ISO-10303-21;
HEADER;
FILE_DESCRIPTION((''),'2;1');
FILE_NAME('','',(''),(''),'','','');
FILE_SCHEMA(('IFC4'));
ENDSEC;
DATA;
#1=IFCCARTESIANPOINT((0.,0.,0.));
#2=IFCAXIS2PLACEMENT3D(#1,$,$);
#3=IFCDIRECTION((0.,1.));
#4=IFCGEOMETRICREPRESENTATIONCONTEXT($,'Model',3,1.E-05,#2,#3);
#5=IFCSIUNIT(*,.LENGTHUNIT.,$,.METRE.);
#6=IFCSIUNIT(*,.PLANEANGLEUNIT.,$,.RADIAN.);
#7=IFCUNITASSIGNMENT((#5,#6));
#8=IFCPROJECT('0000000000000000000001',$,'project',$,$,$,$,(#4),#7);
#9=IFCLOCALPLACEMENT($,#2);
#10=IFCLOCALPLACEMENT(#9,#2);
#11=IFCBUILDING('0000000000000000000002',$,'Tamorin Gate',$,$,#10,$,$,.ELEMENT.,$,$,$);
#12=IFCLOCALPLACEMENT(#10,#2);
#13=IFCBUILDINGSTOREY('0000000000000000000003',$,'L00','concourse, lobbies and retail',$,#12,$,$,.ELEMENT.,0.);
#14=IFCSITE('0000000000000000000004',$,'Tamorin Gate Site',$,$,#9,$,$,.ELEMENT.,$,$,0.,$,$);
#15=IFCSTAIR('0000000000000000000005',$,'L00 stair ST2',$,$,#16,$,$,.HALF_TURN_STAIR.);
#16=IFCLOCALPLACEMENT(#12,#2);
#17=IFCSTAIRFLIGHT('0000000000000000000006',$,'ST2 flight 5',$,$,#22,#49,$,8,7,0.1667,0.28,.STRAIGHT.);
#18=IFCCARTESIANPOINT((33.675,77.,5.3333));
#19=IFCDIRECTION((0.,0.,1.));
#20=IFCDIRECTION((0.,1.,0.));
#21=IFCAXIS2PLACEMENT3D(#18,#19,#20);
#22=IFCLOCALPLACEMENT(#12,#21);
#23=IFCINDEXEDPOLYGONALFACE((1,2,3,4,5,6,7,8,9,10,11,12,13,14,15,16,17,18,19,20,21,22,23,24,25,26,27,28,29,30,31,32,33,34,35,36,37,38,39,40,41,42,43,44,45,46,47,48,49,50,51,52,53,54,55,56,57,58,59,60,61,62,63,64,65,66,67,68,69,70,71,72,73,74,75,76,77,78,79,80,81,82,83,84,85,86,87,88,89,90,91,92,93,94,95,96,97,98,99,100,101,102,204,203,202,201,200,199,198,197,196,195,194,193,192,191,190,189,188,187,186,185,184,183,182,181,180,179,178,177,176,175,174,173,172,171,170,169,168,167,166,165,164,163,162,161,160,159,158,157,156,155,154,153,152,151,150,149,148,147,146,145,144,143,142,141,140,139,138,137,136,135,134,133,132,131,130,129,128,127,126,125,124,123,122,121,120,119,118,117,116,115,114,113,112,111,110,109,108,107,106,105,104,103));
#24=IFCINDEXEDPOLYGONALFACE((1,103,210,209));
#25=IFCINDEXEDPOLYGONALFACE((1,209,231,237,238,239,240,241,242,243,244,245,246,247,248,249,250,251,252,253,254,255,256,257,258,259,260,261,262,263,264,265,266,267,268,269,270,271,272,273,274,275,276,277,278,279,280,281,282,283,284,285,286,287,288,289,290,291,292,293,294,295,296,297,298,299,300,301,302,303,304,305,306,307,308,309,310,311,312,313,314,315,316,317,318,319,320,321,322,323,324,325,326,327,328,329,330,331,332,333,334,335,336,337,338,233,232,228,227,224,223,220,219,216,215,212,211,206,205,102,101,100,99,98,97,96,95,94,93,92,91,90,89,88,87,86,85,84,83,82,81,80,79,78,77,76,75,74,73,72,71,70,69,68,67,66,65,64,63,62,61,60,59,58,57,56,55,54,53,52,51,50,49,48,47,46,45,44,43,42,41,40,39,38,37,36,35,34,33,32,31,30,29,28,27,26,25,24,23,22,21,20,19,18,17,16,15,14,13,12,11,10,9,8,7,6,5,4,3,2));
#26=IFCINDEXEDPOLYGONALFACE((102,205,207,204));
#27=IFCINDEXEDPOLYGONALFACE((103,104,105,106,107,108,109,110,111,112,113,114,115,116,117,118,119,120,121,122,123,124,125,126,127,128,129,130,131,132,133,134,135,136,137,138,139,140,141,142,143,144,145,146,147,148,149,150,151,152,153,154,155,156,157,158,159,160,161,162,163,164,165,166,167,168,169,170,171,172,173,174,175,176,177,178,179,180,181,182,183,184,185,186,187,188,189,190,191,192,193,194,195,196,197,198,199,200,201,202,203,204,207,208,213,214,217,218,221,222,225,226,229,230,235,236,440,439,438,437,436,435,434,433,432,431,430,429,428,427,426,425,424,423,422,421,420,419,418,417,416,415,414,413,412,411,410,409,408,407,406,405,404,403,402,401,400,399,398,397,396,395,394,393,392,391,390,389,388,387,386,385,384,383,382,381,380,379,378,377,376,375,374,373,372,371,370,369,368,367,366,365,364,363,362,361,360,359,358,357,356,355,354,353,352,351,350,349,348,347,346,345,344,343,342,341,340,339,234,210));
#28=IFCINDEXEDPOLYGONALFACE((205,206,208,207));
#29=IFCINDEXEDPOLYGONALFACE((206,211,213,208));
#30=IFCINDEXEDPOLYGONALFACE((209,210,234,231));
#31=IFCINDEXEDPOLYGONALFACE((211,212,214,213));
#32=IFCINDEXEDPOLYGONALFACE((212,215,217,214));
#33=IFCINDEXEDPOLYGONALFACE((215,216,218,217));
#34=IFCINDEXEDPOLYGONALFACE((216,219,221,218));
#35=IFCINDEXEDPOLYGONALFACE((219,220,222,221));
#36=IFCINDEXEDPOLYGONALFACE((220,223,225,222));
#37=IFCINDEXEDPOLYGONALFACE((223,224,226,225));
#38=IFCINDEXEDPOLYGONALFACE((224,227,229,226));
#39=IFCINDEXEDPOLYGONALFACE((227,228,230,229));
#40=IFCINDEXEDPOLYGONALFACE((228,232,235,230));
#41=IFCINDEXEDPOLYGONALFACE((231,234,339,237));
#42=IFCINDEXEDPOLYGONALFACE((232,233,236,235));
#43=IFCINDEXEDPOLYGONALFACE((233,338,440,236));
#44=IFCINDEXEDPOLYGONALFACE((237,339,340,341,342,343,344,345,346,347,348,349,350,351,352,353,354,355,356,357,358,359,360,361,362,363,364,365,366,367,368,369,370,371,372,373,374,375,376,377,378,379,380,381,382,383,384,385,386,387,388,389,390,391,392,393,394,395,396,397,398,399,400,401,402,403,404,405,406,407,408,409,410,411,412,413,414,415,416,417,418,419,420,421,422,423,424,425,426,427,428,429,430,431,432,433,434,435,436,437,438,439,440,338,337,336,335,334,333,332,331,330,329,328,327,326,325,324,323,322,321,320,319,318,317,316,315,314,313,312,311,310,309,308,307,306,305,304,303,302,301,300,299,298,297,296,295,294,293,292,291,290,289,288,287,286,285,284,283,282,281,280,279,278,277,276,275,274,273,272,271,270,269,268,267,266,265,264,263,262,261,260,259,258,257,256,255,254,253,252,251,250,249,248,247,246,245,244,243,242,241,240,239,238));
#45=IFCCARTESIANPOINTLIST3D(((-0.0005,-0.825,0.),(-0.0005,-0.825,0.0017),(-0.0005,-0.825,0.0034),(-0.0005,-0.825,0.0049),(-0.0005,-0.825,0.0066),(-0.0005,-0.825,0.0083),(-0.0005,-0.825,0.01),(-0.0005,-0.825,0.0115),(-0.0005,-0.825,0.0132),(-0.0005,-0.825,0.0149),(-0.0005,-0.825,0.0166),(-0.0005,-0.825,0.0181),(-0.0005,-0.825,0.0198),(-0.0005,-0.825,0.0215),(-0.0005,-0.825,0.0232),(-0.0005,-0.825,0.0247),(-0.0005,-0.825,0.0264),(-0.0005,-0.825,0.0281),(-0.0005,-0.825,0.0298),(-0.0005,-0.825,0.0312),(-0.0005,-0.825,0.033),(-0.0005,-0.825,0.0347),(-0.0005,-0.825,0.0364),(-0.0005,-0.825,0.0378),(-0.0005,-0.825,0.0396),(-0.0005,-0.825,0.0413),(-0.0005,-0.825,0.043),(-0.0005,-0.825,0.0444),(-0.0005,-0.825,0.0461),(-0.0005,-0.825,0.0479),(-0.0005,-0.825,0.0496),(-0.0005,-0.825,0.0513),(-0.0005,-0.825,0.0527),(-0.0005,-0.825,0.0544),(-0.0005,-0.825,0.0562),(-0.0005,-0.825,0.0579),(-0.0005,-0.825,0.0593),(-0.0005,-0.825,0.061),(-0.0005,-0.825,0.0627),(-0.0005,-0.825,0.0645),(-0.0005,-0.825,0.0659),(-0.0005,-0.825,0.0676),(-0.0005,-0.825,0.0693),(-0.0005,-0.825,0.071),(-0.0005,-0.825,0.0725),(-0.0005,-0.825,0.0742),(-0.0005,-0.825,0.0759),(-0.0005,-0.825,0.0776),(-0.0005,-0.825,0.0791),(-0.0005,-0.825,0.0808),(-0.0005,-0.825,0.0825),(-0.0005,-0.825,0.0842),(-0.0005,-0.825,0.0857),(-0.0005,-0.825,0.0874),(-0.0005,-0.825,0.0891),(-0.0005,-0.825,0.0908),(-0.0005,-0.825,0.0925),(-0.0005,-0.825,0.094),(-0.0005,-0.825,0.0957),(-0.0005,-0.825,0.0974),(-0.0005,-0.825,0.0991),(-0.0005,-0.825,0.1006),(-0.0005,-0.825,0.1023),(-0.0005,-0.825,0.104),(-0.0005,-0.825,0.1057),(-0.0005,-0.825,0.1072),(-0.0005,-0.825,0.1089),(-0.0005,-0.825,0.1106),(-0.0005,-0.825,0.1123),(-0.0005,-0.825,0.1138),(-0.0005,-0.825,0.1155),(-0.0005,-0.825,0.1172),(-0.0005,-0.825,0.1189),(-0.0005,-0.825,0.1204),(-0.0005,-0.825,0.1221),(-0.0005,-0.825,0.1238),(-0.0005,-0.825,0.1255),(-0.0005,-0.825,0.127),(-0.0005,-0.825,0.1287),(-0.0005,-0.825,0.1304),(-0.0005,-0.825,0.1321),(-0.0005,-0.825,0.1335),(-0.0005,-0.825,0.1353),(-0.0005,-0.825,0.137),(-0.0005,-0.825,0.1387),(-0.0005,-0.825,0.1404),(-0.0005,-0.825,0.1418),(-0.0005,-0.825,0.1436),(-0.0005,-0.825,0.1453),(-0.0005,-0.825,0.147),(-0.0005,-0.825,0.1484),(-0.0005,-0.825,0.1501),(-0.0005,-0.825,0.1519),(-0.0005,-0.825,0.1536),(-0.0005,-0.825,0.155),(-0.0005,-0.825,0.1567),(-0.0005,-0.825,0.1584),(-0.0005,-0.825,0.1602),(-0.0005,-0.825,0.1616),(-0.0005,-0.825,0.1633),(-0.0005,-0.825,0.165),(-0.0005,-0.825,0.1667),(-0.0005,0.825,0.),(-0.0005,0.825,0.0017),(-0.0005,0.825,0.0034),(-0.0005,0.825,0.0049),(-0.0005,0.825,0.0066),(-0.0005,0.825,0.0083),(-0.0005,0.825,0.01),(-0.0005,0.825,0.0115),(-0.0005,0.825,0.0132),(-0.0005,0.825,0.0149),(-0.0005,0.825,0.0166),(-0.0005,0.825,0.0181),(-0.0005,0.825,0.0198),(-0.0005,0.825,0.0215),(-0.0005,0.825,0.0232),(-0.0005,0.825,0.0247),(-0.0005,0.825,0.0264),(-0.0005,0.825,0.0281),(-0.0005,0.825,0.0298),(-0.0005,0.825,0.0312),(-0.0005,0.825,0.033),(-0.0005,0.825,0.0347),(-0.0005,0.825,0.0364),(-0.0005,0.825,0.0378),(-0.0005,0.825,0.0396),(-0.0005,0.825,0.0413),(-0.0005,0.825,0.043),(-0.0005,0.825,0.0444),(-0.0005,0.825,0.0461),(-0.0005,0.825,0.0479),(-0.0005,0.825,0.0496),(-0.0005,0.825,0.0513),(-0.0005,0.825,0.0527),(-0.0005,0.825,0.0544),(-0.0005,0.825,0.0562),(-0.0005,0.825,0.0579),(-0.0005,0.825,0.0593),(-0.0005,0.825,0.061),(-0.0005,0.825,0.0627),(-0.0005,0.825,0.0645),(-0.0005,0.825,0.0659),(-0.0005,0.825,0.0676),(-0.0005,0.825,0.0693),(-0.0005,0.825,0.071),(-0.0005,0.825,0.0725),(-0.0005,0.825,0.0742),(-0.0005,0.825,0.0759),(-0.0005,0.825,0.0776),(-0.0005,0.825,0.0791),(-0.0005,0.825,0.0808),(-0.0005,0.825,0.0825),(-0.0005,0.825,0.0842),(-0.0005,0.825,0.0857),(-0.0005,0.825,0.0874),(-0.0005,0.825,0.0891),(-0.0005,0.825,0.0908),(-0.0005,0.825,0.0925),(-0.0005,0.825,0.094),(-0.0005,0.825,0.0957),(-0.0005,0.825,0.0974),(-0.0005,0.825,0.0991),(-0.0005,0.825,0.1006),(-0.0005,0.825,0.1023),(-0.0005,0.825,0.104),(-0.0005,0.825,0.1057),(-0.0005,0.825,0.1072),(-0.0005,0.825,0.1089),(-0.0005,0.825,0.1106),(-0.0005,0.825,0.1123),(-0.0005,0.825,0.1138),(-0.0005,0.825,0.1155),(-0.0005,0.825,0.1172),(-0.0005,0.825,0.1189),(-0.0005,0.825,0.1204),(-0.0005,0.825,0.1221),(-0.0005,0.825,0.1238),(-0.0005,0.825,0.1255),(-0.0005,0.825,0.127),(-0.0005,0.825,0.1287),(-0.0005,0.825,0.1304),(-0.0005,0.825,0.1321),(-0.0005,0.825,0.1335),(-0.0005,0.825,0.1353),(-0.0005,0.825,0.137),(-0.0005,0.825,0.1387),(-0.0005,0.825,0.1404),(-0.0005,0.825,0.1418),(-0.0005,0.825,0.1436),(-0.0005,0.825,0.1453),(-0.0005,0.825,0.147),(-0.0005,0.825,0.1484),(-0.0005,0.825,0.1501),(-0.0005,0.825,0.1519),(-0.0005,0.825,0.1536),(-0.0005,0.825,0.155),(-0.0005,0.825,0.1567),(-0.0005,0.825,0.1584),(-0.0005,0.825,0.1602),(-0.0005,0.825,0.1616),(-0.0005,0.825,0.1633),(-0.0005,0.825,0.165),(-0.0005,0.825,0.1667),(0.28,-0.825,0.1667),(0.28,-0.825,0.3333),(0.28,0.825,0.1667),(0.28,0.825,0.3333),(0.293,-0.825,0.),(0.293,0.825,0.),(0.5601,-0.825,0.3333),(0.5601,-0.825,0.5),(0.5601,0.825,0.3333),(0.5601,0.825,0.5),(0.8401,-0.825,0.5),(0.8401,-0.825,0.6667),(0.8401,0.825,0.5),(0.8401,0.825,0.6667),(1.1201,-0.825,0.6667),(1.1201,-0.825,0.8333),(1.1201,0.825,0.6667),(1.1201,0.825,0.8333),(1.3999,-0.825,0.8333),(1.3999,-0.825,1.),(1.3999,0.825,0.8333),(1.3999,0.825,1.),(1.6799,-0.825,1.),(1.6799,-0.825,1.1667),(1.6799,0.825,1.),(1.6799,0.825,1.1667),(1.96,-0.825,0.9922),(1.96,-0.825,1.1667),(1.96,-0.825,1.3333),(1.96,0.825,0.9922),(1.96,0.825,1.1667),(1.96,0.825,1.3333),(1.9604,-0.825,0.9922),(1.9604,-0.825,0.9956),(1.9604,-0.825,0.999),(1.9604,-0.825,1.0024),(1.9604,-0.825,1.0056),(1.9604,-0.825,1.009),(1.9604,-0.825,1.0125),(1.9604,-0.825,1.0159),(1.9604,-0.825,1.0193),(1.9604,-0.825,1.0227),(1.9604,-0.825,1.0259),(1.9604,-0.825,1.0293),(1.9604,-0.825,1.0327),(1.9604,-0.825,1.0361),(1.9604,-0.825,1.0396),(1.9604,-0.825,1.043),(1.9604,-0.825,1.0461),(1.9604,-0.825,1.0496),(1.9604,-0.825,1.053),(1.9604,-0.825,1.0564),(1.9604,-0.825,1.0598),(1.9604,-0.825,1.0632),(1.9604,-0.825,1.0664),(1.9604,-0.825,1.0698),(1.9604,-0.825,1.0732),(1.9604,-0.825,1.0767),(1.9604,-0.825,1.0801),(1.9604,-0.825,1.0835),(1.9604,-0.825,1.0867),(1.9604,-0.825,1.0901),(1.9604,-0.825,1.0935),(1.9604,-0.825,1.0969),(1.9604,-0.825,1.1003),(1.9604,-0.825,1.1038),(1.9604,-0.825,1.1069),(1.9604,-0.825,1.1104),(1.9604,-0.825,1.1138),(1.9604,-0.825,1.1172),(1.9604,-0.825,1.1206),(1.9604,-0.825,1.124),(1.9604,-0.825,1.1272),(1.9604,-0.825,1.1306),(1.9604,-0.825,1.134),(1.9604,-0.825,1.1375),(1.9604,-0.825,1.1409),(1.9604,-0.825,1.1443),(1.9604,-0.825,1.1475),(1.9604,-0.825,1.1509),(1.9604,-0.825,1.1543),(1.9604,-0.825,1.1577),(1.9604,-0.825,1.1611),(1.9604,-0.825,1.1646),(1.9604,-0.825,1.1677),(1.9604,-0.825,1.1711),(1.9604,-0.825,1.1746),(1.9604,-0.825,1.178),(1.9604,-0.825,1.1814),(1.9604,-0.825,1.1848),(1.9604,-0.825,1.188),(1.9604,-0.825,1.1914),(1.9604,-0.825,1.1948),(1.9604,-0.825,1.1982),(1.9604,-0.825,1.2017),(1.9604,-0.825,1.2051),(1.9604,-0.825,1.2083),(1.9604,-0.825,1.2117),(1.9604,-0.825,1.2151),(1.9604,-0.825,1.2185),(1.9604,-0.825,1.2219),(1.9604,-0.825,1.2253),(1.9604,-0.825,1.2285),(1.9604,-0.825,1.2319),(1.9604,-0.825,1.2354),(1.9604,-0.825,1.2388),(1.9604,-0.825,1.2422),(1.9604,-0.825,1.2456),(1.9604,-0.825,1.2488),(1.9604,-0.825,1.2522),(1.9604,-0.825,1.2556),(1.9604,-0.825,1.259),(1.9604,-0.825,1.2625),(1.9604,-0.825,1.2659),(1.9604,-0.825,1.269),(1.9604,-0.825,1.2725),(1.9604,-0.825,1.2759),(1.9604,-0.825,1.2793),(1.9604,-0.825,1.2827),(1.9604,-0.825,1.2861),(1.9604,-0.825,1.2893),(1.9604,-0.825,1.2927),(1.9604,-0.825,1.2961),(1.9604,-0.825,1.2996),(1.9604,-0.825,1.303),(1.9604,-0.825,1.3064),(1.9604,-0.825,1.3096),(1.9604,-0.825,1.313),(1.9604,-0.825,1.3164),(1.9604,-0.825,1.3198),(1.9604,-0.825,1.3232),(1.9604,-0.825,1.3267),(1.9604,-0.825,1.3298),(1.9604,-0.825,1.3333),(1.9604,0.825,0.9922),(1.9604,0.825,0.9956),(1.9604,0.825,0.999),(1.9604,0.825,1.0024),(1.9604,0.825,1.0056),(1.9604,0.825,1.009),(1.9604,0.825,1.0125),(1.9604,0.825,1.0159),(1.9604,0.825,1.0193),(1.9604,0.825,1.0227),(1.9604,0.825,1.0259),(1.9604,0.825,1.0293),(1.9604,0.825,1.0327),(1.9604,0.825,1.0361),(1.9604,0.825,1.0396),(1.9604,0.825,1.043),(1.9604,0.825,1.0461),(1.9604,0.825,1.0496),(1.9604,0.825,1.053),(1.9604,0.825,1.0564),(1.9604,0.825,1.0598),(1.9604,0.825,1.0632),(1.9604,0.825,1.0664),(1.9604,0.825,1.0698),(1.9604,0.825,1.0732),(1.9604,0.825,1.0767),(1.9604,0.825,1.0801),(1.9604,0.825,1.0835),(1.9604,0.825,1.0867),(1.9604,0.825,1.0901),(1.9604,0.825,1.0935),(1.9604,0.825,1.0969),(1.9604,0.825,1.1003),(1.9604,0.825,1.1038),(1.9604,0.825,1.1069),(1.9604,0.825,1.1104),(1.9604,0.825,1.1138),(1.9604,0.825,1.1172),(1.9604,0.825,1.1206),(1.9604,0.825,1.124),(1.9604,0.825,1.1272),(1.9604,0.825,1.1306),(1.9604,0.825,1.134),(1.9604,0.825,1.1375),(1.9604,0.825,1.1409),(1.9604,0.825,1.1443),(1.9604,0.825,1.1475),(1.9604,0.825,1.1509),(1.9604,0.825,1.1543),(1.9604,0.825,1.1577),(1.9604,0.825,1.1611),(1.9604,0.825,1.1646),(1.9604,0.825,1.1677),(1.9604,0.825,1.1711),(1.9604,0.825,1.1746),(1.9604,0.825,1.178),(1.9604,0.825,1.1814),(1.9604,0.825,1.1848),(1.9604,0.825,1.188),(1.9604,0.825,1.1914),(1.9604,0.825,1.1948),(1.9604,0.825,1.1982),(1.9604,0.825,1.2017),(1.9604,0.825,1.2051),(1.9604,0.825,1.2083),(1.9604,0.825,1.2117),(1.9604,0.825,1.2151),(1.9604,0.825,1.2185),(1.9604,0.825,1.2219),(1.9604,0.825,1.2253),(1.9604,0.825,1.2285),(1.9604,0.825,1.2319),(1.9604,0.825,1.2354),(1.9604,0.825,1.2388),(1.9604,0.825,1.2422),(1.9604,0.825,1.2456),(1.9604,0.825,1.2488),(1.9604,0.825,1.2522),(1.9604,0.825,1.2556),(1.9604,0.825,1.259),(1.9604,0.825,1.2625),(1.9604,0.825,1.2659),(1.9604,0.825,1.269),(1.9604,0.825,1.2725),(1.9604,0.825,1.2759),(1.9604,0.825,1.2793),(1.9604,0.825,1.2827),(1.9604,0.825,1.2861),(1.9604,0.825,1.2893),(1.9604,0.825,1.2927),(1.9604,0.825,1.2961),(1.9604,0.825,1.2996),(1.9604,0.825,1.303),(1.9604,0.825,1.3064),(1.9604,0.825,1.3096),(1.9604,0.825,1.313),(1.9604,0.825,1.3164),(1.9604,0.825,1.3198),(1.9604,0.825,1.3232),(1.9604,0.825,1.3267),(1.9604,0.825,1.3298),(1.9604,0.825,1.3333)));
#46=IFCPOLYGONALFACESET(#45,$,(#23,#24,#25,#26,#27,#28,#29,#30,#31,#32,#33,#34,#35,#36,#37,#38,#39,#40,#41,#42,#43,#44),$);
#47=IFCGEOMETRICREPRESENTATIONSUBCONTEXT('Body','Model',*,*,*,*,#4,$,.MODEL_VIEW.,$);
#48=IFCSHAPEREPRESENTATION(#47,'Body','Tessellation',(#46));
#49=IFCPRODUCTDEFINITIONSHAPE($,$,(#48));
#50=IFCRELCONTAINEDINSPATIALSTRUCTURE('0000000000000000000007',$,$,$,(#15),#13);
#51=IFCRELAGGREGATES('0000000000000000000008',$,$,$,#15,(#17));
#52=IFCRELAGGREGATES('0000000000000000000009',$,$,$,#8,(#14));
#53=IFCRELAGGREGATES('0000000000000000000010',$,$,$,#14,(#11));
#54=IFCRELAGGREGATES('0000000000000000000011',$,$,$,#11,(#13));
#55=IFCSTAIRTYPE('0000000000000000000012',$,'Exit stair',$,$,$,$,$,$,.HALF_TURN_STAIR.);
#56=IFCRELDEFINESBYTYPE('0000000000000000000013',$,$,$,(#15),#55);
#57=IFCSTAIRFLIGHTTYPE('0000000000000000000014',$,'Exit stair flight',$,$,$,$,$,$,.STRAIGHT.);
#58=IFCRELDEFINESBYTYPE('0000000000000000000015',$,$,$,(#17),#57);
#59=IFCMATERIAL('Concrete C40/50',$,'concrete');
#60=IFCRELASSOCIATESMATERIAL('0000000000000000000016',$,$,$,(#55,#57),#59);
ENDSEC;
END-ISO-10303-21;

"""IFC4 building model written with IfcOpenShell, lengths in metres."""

from ifc_helpers import new_model, si_unit, direction, frame, origin, place, context, subcontext, project, spatial, polyline, outline, extrude, material, type_object, element, aggregate, save


model = new_model("IFC4")

# Units and contexts
model_context = context("Model", 3, precision=1e-05, world=origin(), true_north=direction((0.0, 1.0)))
body_context = subcontext(model_context, "Body", "Model", "MODEL_VIEW")
ifc_project = project(units=[si_unit("LENGTHUNIT", "METRE"), si_unit("PLANEANGLEUNIT", "RADIAN")], contexts=[model_context])

# Site, building, storey
site_placement = place(None, origin())
site = spatial("IfcSite", under=ifc_project, at=site_placement, Name="Tamorin Gate Site", CompositionType="ELEMENT", RefElevation=0.0)
building_placement = place(site_placement, origin())
building = spatial("IfcBuilding", under=site, at=building_placement, Name="Tamorin Gate", CompositionType="ELEMENT")
storey_placement = place(building_placement, origin())
storey = spatial("IfcBuildingStorey", under=building, at=storey_placement, Name="L00", Description="concourse, lobbies and retail", CompositionType="ELEMENT", Elevation=0.0)

# Stair, stair flight
ifc_material_1 = material(Name="Concrete C40/50", Category="concrete")
stair_type = type_object("IfcStairType", Name="Exit stair", PredefinedType="HALF_TURN_STAIR", material=ifc_material_1)
stair_placement = place(storey_placement, origin())
stair = element("IfcStair", 1, at=stair_placement, inside=storey, type_object=stair_type, Name="L00 stair ST2", PredefinedType="HALF_TURN_STAIR")
stair_flight_type = type_object("IfcStairFlightType", Name="Exit stair flight", PredefinedType="STRAIGHT", material=ifc_material_1)
stair_flight_placement = place(storey_placement, frame((33.675, 77.0, 5.3333), z_axis=(0.0, 0.0, 1.0), x_axis=(0.0, 1.0, 0.0)))
stair_flight = element("IfcStairFlight", 2, at=stair_flight_placement, type_object=stair_flight_type, Name="ST2 flight 5", NumberOfRisers=8, NumberOfTreads=7, PredefinedType="STRAIGHT", RiserHeight=0.1667, TreadLength=0.28, context=body_context, shape_type="SweptSolid", body=[
    extrude(outline(polyline([(-0.0005, 0.0), (-0.0005, 0.0017), (-0.0005, 0.0034), (-0.0005, 0.0049), (-0.0005, 0.0066), (-0.0005, 0.0083), (-0.0005, 0.01), (-0.0005, 0.0115), (-0.0005, 0.0132), (-0.0005, 0.0149), (-0.0005, 0.0166), (-0.0005, 0.0181), (-0.0005, 0.0198), (-0.0005, 0.0215), (-0.0005, 0.0232), (-0.0005, 0.0247), (-0.0005, 0.0264), (-0.0005, 0.0281), (-0.0005, 0.0298), (-0.0005, 0.0312), (-0.0005, 0.033), (-0.0005, 0.0347), (-0.0005, 0.0364), (-0.0005, 0.0378), (-0.0005, 0.0396), (-0.0005, 0.0413), (-0.0005, 0.043), (-0.0005, 0.0444), (-0.0005, 0.0461), (-0.0005, 0.0479), (-0.0005, 0.0496), (-0.0005, 0.0513), (-0.0005, 0.0527), (-0.0005, 0.0544), (-0.0005, 0.0562), (-0.0005, 0.0579), (-0.0005, 0.0593), (-0.0005, 0.061), (-0.0005, 0.0627), (-0.0005, 0.0645), (-0.0005, 0.0659), (-0.0005, 0.0676), (-0.0005, 0.0693), (-0.0005, 0.071), (-0.0005, 0.0725), (-0.0005, 0.0742), (-0.0005, 0.0759), (-0.0005, 0.0776), (-0.0005, 0.0791), (-0.0005, 0.0808), (-0.0005, 0.0825), (-0.0005, 0.0842), (-0.0005, 0.0857), (-0.0005, 0.0874), (-0.0005, 0.0891), (-0.0005, 0.0908), (-0.0005, 0.0925), (-0.0005, 0.094), (-0.0005, 0.0957), (-0.0005, 0.0974), (-0.0005, 0.0991), (-0.0005, 0.1006), (-0.0005, 0.1023), (-0.0005, 0.104), (-0.0005, 0.1057), (-0.0005, 0.1072), (-0.0005, 0.1089), (-0.0005, 0.1106), (-0.0005, 0.1123), (-0.0005, 0.1138), (-0.0005, 0.1155), (-0.0005, 0.1172), (-0.0005, 0.1189), (-0.0005, 0.1204), (-0.0005, 0.1221), (-0.0005, 0.1238), (-0.0005, 0.1255), (-0.0005, 0.127), (-0.0005, 0.1287), (-0.0005, 0.1304), (-0.0005, 0.1321), (-0.0005, 0.1335), (-0.0005, 0.1353), (-0.0005, 0.137), (-0.0005, 0.1387), (-0.0005, 0.1404), (-0.0005, 0.1418), (-0.0005, 0.1436), (-0.0005, 0.1453), (-0.0005, 0.147), (-0.0005, 0.1484), (-0.0005, 0.1501), (-0.0005, 0.1519), (-0.0005, 0.1536), (-0.0005, 0.155), (-0.0005, 0.1567), (-0.0005, 0.1584), (-0.0005, 0.1602), (-0.0005, 0.1616), (-0.0005, 0.1633), (-0.0005, 0.165), (-0.0005, 0.1667), (0.28, 0.1667), (0.28, 0.3333), (0.5601, 0.3333), (0.5601, 0.5), (0.8401, 0.5), (0.8401, 0.6667), (1.1201, 0.6667), (1.1201, 0.8333), (1.3999, 0.8333), (1.3999, 1.0), (1.6799, 1.0), (1.6799, 1.1667), (1.96, 1.1667), (1.96, 1.3333), (1.9604, 1.3333), (1.9604, 1.3298), (1.9604, 1.3267), (1.9604, 1.3232), (1.9604, 1.3198), (1.9604, 1.3164), (1.9604, 1.313), (1.9604, 1.3096), (1.9604, 1.3064), (1.9604, 1.303), (1.9604, 1.2996), (1.9604, 1.2961), (1.9604, 1.2927), (1.9604, 1.2893), (1.9604, 1.2861), (1.9604, 1.2827), (1.9604, 1.2793), (1.9604, 1.2759), (1.9604, 1.2725), (1.9604, 1.269), (1.9604, 1.2659), (1.9604, 1.2625), (1.9604, 1.259), (1.9604, 1.2556), (1.9604, 1.2522), (1.9604, 1.2488), (1.9604, 1.2456), (1.9604, 1.2422), (1.9604, 1.2388), (1.9604, 1.2354), (1.9604, 1.2319), (1.9604, 1.2285), (1.9604, 1.2253), (1.9604, 1.2219), (1.9604, 1.2185), (1.9604, 1.2151), (1.9604, 1.2117), (1.9604, 1.2083), (1.9604, 1.2051), (1.9604, 1.2017), (1.9604, 1.1982), (1.9604, 1.1948), (1.9604, 1.1914), (1.9604, 1.188), (1.9604, 1.1848), (1.9604, 1.1814), (1.9604, 1.178), (1.9604, 1.1746), (1.9604, 1.1711), (1.9604, 1.1677), (1.9604, 1.1646), (1.9604, 1.1611), (1.9604, 1.1577), (1.9604, 1.1543), (1.9604, 1.1509), (1.9604, 1.1475), (1.9604, 1.1443), (1.9604, 1.1409), (1.9604, 1.1375), (1.9604, 1.134), (1.9604, 1.1306), (1.9604, 1.1272), (1.9604, 1.124), (1.9604, 1.1206), (1.9604, 1.1172), (1.9604, 1.1138), (1.9604, 1.1104), (1.9604, 1.1069), (1.9604, 1.1038), (1.9604, 1.1003), (1.9604, 1.0969), (1.9604, 1.0935), (1.9604, 1.0901), (1.9604, 1.0867), (1.9604, 1.0835), (1.9604, 1.0801), (1.9604, 1.0767), (1.9604, 1.0732), (1.9604, 1.0698), (1.9604, 1.0664), (1.9604, 1.0632), (1.9604, 1.0598), (1.9604, 1.0564), (1.9604, 1.053), (1.9604, 1.0496), (1.9604, 1.0461), (1.9604, 1.043), (1.9604, 1.0396), (1.9604, 1.0361), (1.9604, 1.0327), (1.9604, 1.0293), (1.9604, 1.0259), (1.9604, 1.0227), (1.9604, 1.0193), (1.9604, 1.0159), (1.9604, 1.0125), (1.9604, 1.009), (1.9604, 1.0056), (1.9604, 1.0024), (1.9604, 0.999), (1.9604, 0.9956), (1.9604, 0.9922), (1.96, 0.9922), (0.293, 0.0), (-0.0005, 0.0)])), frame((0.0, 0.825, 0.0), z_axis=(0.0, -1.0, 0.0), x_axis=(1.0, 0.0, 0.0)), (0.0, 0.0, 1.0), 1.6499),
])
aggregate(stair, [stair_flight])

save(model, "model.ifc")
